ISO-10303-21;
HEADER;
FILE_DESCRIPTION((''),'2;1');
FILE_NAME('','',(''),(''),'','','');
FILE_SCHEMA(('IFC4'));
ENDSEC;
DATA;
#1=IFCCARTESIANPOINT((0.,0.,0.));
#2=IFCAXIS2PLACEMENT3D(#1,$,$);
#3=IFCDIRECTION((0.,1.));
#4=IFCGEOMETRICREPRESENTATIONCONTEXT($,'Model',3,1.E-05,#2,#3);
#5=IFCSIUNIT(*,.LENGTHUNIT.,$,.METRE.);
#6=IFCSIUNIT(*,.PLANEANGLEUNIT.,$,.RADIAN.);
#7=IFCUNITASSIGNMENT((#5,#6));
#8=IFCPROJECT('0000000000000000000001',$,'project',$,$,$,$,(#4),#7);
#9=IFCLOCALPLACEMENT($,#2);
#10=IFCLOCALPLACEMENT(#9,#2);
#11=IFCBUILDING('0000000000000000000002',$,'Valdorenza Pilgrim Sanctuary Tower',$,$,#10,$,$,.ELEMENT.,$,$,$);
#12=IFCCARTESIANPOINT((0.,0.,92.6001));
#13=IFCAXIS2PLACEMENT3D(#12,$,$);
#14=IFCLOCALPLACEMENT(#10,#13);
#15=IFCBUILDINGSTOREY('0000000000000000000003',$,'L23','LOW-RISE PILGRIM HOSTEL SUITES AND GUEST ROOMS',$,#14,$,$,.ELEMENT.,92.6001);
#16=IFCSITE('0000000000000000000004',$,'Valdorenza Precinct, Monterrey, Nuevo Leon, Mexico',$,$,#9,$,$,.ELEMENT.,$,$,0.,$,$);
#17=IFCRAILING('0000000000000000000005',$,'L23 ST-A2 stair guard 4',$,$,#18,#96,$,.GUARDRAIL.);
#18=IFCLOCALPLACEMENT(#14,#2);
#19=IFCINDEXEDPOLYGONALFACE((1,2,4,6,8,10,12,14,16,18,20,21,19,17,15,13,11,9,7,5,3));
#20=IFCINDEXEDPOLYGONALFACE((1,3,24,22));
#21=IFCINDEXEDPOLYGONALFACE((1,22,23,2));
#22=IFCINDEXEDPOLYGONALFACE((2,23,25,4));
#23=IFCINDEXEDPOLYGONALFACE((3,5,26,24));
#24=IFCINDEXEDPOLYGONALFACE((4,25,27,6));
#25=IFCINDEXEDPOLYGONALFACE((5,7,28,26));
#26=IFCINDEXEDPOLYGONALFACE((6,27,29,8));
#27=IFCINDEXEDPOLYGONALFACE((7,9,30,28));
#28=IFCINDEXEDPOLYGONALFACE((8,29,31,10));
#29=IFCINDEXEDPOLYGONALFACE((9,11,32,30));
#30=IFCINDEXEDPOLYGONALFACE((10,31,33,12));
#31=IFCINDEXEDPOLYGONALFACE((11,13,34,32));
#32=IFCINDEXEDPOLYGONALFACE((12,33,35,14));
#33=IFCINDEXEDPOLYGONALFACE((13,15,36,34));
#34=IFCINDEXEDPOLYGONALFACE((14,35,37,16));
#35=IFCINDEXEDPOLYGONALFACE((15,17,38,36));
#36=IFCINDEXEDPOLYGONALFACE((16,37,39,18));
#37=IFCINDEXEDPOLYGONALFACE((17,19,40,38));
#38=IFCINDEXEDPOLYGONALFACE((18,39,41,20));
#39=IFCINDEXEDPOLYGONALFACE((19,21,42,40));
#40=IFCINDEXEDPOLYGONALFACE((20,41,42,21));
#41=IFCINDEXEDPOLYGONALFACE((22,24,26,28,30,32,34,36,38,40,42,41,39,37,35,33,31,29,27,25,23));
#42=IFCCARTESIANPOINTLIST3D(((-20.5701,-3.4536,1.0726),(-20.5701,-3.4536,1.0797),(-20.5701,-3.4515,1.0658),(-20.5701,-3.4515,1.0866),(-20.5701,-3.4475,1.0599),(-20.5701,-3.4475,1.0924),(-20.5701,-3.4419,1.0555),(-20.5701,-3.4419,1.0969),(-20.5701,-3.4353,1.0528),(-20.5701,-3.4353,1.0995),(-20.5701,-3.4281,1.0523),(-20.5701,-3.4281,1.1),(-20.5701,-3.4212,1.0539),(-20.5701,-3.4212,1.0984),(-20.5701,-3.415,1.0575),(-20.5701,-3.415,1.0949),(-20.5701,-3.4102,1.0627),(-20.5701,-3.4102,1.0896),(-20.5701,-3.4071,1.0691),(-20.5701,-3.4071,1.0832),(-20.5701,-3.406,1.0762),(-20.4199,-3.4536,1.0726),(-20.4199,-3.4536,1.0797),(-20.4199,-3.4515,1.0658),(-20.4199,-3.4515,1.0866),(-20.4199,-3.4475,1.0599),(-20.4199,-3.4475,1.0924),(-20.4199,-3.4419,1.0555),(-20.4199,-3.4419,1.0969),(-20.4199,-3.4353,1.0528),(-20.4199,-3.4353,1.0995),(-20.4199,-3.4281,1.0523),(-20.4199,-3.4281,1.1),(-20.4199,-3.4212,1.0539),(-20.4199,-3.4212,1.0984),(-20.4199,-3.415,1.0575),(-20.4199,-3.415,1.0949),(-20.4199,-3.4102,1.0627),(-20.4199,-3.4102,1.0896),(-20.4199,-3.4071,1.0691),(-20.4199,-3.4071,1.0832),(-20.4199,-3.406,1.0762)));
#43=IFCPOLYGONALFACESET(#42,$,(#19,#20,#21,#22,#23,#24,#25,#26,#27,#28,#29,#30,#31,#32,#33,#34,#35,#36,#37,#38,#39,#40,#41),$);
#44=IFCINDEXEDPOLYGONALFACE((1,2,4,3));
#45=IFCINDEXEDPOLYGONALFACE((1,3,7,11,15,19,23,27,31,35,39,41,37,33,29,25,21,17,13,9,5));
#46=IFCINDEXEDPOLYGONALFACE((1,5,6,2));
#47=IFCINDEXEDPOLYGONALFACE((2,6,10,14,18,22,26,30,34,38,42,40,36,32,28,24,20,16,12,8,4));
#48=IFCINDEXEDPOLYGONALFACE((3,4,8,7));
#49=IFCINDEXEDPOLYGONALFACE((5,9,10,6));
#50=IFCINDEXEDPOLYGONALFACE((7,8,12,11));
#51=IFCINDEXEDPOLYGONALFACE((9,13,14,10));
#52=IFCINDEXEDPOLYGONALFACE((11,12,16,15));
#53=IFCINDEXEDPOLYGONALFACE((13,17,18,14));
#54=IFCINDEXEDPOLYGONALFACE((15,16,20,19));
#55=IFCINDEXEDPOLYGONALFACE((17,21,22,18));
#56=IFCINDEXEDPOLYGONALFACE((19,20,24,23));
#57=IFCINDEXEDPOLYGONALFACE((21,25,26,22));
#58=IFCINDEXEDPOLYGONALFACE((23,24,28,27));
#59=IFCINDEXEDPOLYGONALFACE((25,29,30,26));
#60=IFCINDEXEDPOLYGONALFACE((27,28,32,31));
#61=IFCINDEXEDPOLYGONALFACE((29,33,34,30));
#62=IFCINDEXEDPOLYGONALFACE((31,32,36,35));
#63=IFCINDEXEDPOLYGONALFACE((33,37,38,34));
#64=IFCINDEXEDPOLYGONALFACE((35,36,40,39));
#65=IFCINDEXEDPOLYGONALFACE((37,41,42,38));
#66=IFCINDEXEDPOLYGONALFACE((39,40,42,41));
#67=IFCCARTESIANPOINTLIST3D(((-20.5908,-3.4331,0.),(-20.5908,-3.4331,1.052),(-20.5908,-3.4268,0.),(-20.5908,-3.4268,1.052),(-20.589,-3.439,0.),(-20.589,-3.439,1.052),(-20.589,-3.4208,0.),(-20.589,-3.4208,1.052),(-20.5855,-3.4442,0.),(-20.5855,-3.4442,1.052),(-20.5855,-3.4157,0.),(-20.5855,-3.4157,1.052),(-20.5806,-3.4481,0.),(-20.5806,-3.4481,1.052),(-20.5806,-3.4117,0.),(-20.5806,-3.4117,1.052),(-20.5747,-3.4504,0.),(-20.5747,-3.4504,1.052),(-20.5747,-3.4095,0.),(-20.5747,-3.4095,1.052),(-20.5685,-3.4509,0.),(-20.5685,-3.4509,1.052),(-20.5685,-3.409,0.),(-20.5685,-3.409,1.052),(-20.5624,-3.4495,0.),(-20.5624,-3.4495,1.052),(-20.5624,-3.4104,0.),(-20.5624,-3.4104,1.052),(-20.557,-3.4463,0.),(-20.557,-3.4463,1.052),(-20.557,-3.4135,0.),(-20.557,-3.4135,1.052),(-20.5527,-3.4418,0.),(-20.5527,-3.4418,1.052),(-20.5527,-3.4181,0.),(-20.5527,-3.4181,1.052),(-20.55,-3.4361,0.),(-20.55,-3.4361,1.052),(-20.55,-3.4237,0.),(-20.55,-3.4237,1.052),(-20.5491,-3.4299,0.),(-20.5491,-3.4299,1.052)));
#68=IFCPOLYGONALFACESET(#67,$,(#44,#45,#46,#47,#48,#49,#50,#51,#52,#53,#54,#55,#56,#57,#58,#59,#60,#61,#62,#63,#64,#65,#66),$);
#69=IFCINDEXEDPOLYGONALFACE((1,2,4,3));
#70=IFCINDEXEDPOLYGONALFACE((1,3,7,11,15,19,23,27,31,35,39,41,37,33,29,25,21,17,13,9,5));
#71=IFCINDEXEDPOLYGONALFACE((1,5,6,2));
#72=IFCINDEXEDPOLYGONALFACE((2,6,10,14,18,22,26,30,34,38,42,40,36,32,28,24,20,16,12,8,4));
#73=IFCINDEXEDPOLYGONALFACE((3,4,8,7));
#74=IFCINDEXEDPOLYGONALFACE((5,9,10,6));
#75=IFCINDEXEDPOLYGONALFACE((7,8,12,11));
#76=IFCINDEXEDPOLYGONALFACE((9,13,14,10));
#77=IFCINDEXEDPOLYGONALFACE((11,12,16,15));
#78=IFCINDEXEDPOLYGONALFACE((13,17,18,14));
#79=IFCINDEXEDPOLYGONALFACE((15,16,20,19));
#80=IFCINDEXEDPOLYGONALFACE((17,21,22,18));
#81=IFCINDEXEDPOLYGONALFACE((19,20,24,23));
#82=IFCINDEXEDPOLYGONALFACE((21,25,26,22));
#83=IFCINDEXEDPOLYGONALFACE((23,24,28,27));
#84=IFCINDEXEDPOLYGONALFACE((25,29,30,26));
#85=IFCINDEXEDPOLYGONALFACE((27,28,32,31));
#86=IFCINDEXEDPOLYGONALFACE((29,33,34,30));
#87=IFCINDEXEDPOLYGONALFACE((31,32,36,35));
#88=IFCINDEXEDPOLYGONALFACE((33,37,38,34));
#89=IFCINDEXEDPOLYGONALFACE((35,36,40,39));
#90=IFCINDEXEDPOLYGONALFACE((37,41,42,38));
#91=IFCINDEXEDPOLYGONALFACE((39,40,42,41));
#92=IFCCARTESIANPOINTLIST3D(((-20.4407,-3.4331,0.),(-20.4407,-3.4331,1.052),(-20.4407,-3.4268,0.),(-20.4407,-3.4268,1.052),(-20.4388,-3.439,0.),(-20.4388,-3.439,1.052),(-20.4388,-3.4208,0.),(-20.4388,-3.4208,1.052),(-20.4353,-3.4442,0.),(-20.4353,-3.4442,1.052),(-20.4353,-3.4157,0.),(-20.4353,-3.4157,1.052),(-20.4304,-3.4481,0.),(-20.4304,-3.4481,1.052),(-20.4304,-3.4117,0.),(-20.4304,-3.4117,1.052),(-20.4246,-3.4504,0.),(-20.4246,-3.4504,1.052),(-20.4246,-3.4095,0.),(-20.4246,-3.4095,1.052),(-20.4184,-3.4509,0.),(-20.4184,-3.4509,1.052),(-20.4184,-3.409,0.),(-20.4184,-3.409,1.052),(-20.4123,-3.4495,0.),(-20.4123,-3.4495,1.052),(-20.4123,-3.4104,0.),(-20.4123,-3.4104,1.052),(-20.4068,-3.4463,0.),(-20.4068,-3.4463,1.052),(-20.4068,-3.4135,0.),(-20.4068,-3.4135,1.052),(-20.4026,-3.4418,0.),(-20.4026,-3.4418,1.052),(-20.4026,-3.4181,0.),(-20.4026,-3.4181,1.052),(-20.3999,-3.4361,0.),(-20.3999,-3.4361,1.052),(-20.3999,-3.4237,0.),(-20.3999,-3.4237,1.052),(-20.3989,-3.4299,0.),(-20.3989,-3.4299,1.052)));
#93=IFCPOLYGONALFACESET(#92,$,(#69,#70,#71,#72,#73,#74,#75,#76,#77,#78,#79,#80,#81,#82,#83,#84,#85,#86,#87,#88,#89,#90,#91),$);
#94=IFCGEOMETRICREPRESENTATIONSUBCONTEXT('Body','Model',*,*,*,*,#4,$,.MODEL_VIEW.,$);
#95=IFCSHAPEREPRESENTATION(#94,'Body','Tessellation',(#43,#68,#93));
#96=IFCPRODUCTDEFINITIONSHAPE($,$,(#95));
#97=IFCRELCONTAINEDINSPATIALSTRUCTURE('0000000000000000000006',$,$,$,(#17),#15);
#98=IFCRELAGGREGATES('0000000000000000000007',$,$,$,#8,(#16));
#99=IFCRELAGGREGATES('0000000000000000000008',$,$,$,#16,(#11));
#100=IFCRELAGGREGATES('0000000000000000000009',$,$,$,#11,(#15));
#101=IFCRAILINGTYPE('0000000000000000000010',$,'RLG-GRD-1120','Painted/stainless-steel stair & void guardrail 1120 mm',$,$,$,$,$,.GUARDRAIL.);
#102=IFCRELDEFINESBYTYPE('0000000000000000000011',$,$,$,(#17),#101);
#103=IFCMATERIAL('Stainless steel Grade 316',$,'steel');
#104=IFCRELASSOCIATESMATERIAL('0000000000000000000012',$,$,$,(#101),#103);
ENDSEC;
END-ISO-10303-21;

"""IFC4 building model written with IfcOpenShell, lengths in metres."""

from ifc_helpers import new_model, si_unit, direction, frame, origin, origin_2d, place, context, subcontext, project, spatial, circle, extrude, material, type_object, element, save


model = new_model("IFC4")

# Units and contexts
model_context = context("Model", 3, precision=1e-05, world=origin(), true_north=direction((0.0, 1.0)))
body_context = subcontext(model_context, "Body", "Model", "MODEL_VIEW")
ifc_project = project(units=[si_unit("LENGTHUNIT", "METRE"), si_unit("PLANEANGLEUNIT", "RADIAN")], contexts=[model_context])

# Site, building, storey
site_placement = place(None, origin())
site = spatial("IfcSite", under=ifc_project, at=site_placement, Name="Valdorenza Precinct, Monterrey, Nuevo Leon, Mexico", CompositionType="ELEMENT", RefElevation=0.0)
building_placement = place(site_placement, origin())
building = spatial("IfcBuilding", under=site, at=building_placement, Name="Valdorenza Pilgrim Sanctuary Tower", CompositionType="ELEMENT")
storey_placement = place(building_placement, frame((0.0, 0.0, 92.6001)))
storey = spatial("IfcBuildingStorey", under=building, at=storey_placement, Name="L23", Description="LOW-RISE PILGRIM HOSTEL SUITES AND GUEST ROOMS", CompositionType="ELEMENT", Elevation=92.6001)

# Railing
ifc_material_1 = material(Name="Stainless steel Grade 316", Category="steel")
railing_type_1 = type_object("IfcRailingType", Name="RLG-GRD-1120", Description="Painted/stainless-steel stair & void guardrail 1120 mm", PredefinedType="GUARDRAIL", material=ifc_material_1)
railing_1_placement = place(storey_placement, frame((-20.5701, -3.4299, 0.0)))
element("IfcRailing", 1, at=railing_1_placement, inside=storey, type_object=railing_type_1, Name="L23 ST-A2 stair guard 4", PredefinedType="GUARDRAIL", context=body_context, shape_type="SweptSolid", body=[
    extrude(circle(Radius=0.0239, at=origin_2d()), frame((0.0, 0.0, 1.0762), z_axis=(1.0, 0.0, 0.0), x_axis=(0.0, 1.0, 0.0)), (0.0, 0.0, 1.0), 0.1501),
    extrude(circle(Radius=0.021, at=origin_2d()), origin(), (0.0, 0.0, 1.0), 1.052),
    extrude(circle(Radius=0.021, at=origin_2d()), frame((0.1501, 0.0, 0.0)), (0.0, 0.0, 1.0), 1.052),
])

save(model, "model.ifc")
